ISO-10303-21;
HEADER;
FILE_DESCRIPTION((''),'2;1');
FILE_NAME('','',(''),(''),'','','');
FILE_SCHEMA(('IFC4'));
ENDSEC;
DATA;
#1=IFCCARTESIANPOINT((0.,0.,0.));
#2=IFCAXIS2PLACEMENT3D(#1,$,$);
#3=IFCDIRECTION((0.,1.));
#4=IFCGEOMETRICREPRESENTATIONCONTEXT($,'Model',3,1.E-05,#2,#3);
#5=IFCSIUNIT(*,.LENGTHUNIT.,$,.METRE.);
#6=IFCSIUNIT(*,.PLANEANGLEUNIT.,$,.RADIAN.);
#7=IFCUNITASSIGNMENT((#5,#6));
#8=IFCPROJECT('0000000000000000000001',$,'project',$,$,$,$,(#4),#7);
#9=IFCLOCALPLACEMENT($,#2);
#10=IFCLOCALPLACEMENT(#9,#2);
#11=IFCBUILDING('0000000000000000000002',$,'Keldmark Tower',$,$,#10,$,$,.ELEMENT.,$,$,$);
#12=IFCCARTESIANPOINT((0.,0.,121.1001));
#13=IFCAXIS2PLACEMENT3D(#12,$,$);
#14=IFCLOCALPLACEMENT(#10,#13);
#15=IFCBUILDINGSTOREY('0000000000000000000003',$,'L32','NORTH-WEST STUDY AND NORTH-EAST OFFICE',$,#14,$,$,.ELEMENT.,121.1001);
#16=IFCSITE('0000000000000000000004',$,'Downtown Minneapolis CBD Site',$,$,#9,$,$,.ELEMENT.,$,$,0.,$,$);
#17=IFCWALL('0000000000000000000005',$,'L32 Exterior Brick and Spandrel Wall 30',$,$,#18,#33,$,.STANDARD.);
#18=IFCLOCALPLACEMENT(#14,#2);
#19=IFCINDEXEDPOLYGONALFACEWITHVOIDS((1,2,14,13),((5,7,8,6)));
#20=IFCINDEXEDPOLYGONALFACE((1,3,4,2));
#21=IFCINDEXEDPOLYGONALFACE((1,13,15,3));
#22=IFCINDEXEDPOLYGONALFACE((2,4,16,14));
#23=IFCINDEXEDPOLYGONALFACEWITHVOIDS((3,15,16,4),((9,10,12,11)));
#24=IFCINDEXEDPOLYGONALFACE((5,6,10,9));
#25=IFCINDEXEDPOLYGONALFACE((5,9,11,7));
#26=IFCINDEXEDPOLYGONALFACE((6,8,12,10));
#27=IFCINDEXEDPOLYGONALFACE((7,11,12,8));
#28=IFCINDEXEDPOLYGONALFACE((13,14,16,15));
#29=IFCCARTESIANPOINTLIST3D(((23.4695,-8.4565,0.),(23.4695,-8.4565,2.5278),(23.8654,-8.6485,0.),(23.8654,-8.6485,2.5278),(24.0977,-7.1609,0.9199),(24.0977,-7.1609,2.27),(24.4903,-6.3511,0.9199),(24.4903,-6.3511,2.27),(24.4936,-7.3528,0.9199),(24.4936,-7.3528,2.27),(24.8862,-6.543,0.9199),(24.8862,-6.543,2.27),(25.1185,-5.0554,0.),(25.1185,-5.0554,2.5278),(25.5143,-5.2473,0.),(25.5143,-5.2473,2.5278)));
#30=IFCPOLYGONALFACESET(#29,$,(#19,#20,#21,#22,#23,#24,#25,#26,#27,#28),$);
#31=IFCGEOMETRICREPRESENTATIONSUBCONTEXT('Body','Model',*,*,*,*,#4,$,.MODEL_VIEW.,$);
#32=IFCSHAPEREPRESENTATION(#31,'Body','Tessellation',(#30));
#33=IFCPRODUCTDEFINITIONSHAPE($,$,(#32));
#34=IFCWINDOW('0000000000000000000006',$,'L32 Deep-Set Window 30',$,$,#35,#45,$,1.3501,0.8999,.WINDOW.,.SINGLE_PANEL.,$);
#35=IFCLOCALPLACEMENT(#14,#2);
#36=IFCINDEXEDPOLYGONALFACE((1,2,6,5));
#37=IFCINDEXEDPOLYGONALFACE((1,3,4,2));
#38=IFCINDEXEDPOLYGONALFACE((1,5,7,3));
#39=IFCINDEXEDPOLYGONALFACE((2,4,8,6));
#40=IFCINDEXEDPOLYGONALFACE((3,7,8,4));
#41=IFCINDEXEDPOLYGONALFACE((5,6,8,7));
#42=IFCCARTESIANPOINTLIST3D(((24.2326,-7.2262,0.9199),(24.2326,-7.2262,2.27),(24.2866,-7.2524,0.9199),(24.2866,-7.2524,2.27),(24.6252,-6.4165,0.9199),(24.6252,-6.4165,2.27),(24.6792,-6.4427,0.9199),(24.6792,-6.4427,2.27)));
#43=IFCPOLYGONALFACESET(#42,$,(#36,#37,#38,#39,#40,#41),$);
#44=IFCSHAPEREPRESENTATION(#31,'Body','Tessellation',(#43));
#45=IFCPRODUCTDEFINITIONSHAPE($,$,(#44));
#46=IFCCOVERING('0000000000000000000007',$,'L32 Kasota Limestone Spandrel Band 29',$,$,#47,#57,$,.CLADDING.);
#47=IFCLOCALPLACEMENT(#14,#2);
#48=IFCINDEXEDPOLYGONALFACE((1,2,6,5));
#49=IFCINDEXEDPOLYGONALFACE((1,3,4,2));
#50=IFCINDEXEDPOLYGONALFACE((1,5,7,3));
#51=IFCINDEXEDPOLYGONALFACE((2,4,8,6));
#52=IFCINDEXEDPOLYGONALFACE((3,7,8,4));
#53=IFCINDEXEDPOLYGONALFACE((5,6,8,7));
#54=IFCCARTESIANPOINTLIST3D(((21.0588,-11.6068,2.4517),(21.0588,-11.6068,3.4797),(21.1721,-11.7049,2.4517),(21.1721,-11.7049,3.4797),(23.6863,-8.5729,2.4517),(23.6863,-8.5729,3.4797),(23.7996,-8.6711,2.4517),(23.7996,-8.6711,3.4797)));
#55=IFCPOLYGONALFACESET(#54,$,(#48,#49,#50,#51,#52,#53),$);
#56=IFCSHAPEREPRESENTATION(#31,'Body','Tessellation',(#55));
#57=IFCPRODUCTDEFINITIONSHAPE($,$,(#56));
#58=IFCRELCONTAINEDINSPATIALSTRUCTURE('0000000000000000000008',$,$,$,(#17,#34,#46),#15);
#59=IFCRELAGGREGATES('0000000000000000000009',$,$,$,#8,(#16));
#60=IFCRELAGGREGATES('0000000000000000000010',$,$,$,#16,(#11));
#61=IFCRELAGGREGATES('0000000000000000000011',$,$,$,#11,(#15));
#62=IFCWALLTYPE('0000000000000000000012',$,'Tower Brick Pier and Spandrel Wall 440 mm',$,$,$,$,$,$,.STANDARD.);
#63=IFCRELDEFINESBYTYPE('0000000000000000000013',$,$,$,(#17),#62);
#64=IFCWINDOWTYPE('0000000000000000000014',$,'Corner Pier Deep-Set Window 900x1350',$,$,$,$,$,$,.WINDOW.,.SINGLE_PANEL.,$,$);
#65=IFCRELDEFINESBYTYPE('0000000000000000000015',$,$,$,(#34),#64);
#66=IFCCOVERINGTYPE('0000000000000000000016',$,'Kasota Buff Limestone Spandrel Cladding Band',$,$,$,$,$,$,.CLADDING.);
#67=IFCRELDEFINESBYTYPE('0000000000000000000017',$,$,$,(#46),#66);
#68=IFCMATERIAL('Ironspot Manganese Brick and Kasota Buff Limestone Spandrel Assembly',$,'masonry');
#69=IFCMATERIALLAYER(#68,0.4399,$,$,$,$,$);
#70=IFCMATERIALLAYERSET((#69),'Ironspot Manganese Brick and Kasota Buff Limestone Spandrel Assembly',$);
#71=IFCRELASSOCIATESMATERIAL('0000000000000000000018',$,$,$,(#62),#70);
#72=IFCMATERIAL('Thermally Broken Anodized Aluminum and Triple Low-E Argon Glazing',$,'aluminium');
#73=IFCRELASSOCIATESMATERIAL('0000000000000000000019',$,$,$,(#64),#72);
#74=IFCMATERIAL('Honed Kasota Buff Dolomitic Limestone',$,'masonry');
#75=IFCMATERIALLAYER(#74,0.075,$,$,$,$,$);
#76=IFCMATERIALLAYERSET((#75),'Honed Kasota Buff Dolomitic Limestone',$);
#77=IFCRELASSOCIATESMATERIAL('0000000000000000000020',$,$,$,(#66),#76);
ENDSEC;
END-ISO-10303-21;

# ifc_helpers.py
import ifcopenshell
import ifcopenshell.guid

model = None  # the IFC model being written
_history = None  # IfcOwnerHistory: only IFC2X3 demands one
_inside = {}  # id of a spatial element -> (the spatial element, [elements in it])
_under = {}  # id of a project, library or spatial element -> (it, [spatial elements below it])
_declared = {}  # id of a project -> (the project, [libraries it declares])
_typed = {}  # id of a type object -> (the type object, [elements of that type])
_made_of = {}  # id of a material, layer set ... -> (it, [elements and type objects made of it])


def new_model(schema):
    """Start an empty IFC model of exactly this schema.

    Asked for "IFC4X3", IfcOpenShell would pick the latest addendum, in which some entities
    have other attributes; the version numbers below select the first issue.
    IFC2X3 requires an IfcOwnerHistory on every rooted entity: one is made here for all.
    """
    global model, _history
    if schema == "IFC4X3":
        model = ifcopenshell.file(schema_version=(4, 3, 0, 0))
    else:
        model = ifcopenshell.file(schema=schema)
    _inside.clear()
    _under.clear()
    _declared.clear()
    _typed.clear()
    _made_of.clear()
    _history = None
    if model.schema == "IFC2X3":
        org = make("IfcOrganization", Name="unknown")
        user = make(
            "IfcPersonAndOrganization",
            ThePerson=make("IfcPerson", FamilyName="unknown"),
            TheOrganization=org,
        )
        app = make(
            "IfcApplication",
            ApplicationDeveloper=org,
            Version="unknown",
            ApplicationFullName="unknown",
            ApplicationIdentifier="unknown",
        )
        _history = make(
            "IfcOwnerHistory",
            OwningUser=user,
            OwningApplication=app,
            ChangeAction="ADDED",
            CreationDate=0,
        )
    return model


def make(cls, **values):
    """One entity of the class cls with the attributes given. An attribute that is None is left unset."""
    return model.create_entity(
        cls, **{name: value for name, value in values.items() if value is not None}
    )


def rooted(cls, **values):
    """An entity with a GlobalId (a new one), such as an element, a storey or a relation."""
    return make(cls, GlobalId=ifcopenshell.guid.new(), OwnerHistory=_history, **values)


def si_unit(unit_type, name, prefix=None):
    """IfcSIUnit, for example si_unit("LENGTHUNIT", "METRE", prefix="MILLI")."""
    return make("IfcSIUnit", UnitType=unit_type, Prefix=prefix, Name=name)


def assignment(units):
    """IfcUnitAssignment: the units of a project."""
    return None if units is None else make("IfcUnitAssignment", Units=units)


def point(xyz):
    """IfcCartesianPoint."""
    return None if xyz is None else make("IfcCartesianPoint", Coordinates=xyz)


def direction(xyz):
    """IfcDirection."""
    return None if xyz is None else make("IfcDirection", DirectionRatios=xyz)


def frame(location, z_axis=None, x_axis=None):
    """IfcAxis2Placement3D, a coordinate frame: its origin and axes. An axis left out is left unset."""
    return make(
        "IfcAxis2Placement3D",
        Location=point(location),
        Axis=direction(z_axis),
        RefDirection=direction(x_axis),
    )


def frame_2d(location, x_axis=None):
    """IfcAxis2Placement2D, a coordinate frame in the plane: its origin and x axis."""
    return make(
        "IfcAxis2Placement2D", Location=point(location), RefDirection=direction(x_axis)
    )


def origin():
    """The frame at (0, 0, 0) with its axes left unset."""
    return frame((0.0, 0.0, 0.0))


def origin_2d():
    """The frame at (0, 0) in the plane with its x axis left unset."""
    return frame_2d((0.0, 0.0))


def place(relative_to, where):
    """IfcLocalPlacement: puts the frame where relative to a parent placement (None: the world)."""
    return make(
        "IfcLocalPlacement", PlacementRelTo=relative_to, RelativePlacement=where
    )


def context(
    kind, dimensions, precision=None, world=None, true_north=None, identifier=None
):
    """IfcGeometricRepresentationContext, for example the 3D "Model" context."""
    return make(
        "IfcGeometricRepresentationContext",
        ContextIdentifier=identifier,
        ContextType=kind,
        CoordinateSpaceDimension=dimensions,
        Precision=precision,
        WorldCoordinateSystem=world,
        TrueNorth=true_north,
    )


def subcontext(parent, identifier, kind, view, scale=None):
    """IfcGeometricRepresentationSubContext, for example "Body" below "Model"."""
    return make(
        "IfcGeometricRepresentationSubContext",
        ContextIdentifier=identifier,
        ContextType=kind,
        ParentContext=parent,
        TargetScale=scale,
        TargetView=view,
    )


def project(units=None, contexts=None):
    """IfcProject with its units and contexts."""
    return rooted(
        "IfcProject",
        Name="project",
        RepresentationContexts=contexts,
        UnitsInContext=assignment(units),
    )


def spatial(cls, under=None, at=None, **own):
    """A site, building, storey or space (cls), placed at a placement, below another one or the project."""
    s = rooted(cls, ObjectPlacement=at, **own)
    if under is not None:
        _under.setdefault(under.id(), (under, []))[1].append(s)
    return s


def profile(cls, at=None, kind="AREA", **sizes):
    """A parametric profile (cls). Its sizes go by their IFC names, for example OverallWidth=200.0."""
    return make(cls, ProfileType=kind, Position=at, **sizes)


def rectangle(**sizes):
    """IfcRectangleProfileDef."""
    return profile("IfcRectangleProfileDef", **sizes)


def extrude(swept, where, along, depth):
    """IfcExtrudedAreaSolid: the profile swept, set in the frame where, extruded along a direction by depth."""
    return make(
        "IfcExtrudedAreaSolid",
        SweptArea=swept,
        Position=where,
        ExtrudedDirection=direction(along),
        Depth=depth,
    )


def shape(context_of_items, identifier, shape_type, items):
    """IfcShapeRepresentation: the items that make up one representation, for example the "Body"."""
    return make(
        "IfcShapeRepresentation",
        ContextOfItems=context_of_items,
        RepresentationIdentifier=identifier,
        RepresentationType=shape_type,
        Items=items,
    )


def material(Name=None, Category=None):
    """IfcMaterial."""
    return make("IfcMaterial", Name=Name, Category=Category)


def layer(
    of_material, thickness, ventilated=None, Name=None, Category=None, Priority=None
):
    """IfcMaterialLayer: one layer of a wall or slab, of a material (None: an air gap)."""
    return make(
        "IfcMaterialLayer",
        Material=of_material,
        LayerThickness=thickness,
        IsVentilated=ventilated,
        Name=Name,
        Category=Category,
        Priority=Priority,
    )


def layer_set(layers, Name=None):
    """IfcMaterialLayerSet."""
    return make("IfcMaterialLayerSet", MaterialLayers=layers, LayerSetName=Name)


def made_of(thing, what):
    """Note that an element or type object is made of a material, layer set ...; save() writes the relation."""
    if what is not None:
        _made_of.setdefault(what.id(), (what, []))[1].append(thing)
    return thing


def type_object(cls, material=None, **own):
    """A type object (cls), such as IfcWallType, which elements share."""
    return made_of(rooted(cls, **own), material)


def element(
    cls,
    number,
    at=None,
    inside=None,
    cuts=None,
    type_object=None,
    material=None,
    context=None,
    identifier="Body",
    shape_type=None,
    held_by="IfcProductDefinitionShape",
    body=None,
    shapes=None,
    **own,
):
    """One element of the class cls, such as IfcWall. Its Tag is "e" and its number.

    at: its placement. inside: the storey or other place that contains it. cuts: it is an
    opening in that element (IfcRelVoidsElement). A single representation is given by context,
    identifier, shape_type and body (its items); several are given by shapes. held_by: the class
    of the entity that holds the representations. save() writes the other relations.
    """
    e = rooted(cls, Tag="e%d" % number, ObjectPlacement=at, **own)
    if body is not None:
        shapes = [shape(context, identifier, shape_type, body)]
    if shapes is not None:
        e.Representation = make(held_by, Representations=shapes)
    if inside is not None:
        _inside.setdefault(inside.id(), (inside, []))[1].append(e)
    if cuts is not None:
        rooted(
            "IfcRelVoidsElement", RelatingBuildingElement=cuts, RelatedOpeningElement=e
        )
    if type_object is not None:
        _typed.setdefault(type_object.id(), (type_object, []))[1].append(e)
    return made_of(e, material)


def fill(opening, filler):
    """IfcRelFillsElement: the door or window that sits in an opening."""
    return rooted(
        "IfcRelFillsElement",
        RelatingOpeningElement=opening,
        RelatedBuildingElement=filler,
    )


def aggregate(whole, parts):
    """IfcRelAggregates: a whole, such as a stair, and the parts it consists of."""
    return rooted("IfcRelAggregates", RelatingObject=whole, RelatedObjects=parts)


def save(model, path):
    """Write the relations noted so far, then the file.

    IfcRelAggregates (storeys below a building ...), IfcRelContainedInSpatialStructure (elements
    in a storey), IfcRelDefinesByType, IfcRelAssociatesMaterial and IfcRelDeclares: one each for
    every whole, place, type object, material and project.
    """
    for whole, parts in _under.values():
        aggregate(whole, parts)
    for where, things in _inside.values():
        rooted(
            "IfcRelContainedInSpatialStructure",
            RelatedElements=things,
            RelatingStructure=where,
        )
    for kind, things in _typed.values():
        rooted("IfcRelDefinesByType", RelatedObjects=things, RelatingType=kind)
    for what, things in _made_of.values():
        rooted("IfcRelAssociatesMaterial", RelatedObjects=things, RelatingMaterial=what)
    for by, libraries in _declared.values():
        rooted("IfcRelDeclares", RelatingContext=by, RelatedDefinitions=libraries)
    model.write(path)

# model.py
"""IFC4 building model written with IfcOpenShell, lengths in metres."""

from ifc_helpers import new_model, si_unit, direction, frame, frame_2d, origin, origin_2d, place, context, subcontext, project, spatial, rectangle, extrude, material, layer, layer_set, type_object, element, fill, save


model = new_model("IFC4")

# Units and contexts
model_context = context("Model", 3, precision=1e-05, world=origin(), true_north=direction((0.0, 1.0)))
body_context = subcontext(model_context, "Body", "Model", "MODEL_VIEW")
ifc_project = project(units=[si_unit("LENGTHUNIT", "METRE"), si_unit("PLANEANGLEUNIT", "RADIAN")], contexts=[model_context])

# Site, building, storey
site_placement = place(None, origin())
site = spatial("IfcSite", under=ifc_project, at=site_placement, Name="Downtown Minneapolis CBD Site", CompositionType="ELEMENT", RefElevation=0.0)
building_placement = place(site_placement, origin())
building = spatial("IfcBuilding", under=site, at=building_placement, Name="Keldmark Tower", CompositionType="ELEMENT")
storey_placement = place(building_placement, frame((0.0, 0.0, 121.1001)))
storey = spatial("IfcBuildingStorey", under=building, at=storey_placement, Name="L32", Description="NORTH-WEST STUDY AND NORTH-EAST OFFICE", CompositionType="ELEMENT", Elevation=121.1001)

# Wall, opening, window
ifc_material_1 = material(Name="Ironspot Manganese Brick and Kasota Buff Limestone Spandrel Assembly", Category="masonry")
ifc_layer_1 = layer(ifc_material_1, 0.4399)
ifc_layer_set_1 = layer_set([ifc_layer_1], Name="Ironspot Manganese Brick and Kasota Buff Limestone Spandrel Assembly")
wall_type_1 = type_object("IfcWallType", Name="Tower Brick Pier and Spandrel Wall 440 mm", PredefinedType="STANDARD", material=ifc_layer_set_1)
wall_1_placement = place(storey_placement, frame((25.3164, -5.1514, 0.0), z_axis=(0.0, 0.0, 1.0), x_axis=(-0.436251, -0.899825, 0.0)))
wall_1 = element("IfcWall", 1, at=wall_1_placement, inside=storey, type_object=wall_type_1, Name="L32 Exterior Brick and Spandrel Wall 30", PredefinedType="STANDARD", context=body_context, shape_type="SweptSolid", body=[
    extrude(rectangle(XDim=3.7798, YDim=0.4399, at=frame_2d((1.8899, 0.0))), origin(), (0.0, 0.0, 1.0), 2.5278),
])
opening_1_placement = place(wall_1_placement, frame((1.4399, 0.0, 0.9199)))
opening_1 = element("IfcOpeningElement", 2, at=opening_1_placement, cuts=wall_1, PredefinedType="OPENING", context=body_context, shape_type="SweptSolid", body=[
    extrude(rectangle(XDim=0.8999, YDim=1.3501, at=frame_2d((0.45, 0.675))), frame((0.0, 0.23, 0.0), z_axis=(0.0, -1.0, 0.0), x_axis=(1.0, 0.0, 0.0)), (0.0, 0.0, 1.0), 0.46),
])
ifc_material_2 = material(Name="Thermally Broken Anodized Aluminum and Triple Low-E Argon Glazing", Category="aluminium")
window_type_1 = type_object("IfcWindowType", Name="Corner Pier Deep-Set Window 900x1350", PartitioningType="SINGLE_PANEL", PredefinedType="WINDOW", material=ifc_material_2)
window_1_placement = place(opening_1_placement, origin())
window_1 = element("IfcWindow", 3, at=window_1_placement, inside=storey, type_object=window_type_1, Name="L32 Deep-Set Window 30", OverallHeight=1.3501, OverallWidth=0.8999, PartitioningType="SINGLE_PANEL", PredefinedType="WINDOW", context=body_context, shape_type="SweptSolid", body=[
    extrude(rectangle(XDim=0.8999, YDim=1.3501, at=frame_2d((0.45, 0.675))), frame((0.0, -0.01, 0.0), z_axis=(0.0, -1.0, 0.0), x_axis=(1.0, 0.0, 0.0)), (0.0, 0.0, 1.0), 0.0601),
])
fill(opening_1, window_1)

# Covering
ifc_material_3 = material(Name="Honed Kasota Buff Dolomitic Limestone", Category="masonry")
ifc_layer_2 = layer(ifc_material_3, 0.075)
ifc_layer_set_2 = layer_set([ifc_layer_2], Name="Honed Kasota Buff Dolomitic Limestone")
covering_type = type_object("IfcCoveringType", Name="Kasota Buff Limestone Spandrel Cladding Band", PredefinedType="CLADDING", material=ifc_layer_set_2)
covering_placement = place(storey_placement, frame((22.4292, -10.1389, 2.4517), z_axis=(0.0, 0.0, 1.0), x_axis=(0.654662, 0.755922, 0.0)))
element("IfcCovering", 4, at=covering_placement, inside=storey, type_object=covering_type, Name="L32 Kasota Limestone Spandrel Band 29", PredefinedType="CLADDING", context=body_context, shape_type="SweptSolid", body=[
    extrude(rectangle(XDim=4.0134, YDim=0.1499, at=origin_2d()), origin(), (0.0, 0.0, 1.0), 1.0281),
])

save(model, "model.ifc")
